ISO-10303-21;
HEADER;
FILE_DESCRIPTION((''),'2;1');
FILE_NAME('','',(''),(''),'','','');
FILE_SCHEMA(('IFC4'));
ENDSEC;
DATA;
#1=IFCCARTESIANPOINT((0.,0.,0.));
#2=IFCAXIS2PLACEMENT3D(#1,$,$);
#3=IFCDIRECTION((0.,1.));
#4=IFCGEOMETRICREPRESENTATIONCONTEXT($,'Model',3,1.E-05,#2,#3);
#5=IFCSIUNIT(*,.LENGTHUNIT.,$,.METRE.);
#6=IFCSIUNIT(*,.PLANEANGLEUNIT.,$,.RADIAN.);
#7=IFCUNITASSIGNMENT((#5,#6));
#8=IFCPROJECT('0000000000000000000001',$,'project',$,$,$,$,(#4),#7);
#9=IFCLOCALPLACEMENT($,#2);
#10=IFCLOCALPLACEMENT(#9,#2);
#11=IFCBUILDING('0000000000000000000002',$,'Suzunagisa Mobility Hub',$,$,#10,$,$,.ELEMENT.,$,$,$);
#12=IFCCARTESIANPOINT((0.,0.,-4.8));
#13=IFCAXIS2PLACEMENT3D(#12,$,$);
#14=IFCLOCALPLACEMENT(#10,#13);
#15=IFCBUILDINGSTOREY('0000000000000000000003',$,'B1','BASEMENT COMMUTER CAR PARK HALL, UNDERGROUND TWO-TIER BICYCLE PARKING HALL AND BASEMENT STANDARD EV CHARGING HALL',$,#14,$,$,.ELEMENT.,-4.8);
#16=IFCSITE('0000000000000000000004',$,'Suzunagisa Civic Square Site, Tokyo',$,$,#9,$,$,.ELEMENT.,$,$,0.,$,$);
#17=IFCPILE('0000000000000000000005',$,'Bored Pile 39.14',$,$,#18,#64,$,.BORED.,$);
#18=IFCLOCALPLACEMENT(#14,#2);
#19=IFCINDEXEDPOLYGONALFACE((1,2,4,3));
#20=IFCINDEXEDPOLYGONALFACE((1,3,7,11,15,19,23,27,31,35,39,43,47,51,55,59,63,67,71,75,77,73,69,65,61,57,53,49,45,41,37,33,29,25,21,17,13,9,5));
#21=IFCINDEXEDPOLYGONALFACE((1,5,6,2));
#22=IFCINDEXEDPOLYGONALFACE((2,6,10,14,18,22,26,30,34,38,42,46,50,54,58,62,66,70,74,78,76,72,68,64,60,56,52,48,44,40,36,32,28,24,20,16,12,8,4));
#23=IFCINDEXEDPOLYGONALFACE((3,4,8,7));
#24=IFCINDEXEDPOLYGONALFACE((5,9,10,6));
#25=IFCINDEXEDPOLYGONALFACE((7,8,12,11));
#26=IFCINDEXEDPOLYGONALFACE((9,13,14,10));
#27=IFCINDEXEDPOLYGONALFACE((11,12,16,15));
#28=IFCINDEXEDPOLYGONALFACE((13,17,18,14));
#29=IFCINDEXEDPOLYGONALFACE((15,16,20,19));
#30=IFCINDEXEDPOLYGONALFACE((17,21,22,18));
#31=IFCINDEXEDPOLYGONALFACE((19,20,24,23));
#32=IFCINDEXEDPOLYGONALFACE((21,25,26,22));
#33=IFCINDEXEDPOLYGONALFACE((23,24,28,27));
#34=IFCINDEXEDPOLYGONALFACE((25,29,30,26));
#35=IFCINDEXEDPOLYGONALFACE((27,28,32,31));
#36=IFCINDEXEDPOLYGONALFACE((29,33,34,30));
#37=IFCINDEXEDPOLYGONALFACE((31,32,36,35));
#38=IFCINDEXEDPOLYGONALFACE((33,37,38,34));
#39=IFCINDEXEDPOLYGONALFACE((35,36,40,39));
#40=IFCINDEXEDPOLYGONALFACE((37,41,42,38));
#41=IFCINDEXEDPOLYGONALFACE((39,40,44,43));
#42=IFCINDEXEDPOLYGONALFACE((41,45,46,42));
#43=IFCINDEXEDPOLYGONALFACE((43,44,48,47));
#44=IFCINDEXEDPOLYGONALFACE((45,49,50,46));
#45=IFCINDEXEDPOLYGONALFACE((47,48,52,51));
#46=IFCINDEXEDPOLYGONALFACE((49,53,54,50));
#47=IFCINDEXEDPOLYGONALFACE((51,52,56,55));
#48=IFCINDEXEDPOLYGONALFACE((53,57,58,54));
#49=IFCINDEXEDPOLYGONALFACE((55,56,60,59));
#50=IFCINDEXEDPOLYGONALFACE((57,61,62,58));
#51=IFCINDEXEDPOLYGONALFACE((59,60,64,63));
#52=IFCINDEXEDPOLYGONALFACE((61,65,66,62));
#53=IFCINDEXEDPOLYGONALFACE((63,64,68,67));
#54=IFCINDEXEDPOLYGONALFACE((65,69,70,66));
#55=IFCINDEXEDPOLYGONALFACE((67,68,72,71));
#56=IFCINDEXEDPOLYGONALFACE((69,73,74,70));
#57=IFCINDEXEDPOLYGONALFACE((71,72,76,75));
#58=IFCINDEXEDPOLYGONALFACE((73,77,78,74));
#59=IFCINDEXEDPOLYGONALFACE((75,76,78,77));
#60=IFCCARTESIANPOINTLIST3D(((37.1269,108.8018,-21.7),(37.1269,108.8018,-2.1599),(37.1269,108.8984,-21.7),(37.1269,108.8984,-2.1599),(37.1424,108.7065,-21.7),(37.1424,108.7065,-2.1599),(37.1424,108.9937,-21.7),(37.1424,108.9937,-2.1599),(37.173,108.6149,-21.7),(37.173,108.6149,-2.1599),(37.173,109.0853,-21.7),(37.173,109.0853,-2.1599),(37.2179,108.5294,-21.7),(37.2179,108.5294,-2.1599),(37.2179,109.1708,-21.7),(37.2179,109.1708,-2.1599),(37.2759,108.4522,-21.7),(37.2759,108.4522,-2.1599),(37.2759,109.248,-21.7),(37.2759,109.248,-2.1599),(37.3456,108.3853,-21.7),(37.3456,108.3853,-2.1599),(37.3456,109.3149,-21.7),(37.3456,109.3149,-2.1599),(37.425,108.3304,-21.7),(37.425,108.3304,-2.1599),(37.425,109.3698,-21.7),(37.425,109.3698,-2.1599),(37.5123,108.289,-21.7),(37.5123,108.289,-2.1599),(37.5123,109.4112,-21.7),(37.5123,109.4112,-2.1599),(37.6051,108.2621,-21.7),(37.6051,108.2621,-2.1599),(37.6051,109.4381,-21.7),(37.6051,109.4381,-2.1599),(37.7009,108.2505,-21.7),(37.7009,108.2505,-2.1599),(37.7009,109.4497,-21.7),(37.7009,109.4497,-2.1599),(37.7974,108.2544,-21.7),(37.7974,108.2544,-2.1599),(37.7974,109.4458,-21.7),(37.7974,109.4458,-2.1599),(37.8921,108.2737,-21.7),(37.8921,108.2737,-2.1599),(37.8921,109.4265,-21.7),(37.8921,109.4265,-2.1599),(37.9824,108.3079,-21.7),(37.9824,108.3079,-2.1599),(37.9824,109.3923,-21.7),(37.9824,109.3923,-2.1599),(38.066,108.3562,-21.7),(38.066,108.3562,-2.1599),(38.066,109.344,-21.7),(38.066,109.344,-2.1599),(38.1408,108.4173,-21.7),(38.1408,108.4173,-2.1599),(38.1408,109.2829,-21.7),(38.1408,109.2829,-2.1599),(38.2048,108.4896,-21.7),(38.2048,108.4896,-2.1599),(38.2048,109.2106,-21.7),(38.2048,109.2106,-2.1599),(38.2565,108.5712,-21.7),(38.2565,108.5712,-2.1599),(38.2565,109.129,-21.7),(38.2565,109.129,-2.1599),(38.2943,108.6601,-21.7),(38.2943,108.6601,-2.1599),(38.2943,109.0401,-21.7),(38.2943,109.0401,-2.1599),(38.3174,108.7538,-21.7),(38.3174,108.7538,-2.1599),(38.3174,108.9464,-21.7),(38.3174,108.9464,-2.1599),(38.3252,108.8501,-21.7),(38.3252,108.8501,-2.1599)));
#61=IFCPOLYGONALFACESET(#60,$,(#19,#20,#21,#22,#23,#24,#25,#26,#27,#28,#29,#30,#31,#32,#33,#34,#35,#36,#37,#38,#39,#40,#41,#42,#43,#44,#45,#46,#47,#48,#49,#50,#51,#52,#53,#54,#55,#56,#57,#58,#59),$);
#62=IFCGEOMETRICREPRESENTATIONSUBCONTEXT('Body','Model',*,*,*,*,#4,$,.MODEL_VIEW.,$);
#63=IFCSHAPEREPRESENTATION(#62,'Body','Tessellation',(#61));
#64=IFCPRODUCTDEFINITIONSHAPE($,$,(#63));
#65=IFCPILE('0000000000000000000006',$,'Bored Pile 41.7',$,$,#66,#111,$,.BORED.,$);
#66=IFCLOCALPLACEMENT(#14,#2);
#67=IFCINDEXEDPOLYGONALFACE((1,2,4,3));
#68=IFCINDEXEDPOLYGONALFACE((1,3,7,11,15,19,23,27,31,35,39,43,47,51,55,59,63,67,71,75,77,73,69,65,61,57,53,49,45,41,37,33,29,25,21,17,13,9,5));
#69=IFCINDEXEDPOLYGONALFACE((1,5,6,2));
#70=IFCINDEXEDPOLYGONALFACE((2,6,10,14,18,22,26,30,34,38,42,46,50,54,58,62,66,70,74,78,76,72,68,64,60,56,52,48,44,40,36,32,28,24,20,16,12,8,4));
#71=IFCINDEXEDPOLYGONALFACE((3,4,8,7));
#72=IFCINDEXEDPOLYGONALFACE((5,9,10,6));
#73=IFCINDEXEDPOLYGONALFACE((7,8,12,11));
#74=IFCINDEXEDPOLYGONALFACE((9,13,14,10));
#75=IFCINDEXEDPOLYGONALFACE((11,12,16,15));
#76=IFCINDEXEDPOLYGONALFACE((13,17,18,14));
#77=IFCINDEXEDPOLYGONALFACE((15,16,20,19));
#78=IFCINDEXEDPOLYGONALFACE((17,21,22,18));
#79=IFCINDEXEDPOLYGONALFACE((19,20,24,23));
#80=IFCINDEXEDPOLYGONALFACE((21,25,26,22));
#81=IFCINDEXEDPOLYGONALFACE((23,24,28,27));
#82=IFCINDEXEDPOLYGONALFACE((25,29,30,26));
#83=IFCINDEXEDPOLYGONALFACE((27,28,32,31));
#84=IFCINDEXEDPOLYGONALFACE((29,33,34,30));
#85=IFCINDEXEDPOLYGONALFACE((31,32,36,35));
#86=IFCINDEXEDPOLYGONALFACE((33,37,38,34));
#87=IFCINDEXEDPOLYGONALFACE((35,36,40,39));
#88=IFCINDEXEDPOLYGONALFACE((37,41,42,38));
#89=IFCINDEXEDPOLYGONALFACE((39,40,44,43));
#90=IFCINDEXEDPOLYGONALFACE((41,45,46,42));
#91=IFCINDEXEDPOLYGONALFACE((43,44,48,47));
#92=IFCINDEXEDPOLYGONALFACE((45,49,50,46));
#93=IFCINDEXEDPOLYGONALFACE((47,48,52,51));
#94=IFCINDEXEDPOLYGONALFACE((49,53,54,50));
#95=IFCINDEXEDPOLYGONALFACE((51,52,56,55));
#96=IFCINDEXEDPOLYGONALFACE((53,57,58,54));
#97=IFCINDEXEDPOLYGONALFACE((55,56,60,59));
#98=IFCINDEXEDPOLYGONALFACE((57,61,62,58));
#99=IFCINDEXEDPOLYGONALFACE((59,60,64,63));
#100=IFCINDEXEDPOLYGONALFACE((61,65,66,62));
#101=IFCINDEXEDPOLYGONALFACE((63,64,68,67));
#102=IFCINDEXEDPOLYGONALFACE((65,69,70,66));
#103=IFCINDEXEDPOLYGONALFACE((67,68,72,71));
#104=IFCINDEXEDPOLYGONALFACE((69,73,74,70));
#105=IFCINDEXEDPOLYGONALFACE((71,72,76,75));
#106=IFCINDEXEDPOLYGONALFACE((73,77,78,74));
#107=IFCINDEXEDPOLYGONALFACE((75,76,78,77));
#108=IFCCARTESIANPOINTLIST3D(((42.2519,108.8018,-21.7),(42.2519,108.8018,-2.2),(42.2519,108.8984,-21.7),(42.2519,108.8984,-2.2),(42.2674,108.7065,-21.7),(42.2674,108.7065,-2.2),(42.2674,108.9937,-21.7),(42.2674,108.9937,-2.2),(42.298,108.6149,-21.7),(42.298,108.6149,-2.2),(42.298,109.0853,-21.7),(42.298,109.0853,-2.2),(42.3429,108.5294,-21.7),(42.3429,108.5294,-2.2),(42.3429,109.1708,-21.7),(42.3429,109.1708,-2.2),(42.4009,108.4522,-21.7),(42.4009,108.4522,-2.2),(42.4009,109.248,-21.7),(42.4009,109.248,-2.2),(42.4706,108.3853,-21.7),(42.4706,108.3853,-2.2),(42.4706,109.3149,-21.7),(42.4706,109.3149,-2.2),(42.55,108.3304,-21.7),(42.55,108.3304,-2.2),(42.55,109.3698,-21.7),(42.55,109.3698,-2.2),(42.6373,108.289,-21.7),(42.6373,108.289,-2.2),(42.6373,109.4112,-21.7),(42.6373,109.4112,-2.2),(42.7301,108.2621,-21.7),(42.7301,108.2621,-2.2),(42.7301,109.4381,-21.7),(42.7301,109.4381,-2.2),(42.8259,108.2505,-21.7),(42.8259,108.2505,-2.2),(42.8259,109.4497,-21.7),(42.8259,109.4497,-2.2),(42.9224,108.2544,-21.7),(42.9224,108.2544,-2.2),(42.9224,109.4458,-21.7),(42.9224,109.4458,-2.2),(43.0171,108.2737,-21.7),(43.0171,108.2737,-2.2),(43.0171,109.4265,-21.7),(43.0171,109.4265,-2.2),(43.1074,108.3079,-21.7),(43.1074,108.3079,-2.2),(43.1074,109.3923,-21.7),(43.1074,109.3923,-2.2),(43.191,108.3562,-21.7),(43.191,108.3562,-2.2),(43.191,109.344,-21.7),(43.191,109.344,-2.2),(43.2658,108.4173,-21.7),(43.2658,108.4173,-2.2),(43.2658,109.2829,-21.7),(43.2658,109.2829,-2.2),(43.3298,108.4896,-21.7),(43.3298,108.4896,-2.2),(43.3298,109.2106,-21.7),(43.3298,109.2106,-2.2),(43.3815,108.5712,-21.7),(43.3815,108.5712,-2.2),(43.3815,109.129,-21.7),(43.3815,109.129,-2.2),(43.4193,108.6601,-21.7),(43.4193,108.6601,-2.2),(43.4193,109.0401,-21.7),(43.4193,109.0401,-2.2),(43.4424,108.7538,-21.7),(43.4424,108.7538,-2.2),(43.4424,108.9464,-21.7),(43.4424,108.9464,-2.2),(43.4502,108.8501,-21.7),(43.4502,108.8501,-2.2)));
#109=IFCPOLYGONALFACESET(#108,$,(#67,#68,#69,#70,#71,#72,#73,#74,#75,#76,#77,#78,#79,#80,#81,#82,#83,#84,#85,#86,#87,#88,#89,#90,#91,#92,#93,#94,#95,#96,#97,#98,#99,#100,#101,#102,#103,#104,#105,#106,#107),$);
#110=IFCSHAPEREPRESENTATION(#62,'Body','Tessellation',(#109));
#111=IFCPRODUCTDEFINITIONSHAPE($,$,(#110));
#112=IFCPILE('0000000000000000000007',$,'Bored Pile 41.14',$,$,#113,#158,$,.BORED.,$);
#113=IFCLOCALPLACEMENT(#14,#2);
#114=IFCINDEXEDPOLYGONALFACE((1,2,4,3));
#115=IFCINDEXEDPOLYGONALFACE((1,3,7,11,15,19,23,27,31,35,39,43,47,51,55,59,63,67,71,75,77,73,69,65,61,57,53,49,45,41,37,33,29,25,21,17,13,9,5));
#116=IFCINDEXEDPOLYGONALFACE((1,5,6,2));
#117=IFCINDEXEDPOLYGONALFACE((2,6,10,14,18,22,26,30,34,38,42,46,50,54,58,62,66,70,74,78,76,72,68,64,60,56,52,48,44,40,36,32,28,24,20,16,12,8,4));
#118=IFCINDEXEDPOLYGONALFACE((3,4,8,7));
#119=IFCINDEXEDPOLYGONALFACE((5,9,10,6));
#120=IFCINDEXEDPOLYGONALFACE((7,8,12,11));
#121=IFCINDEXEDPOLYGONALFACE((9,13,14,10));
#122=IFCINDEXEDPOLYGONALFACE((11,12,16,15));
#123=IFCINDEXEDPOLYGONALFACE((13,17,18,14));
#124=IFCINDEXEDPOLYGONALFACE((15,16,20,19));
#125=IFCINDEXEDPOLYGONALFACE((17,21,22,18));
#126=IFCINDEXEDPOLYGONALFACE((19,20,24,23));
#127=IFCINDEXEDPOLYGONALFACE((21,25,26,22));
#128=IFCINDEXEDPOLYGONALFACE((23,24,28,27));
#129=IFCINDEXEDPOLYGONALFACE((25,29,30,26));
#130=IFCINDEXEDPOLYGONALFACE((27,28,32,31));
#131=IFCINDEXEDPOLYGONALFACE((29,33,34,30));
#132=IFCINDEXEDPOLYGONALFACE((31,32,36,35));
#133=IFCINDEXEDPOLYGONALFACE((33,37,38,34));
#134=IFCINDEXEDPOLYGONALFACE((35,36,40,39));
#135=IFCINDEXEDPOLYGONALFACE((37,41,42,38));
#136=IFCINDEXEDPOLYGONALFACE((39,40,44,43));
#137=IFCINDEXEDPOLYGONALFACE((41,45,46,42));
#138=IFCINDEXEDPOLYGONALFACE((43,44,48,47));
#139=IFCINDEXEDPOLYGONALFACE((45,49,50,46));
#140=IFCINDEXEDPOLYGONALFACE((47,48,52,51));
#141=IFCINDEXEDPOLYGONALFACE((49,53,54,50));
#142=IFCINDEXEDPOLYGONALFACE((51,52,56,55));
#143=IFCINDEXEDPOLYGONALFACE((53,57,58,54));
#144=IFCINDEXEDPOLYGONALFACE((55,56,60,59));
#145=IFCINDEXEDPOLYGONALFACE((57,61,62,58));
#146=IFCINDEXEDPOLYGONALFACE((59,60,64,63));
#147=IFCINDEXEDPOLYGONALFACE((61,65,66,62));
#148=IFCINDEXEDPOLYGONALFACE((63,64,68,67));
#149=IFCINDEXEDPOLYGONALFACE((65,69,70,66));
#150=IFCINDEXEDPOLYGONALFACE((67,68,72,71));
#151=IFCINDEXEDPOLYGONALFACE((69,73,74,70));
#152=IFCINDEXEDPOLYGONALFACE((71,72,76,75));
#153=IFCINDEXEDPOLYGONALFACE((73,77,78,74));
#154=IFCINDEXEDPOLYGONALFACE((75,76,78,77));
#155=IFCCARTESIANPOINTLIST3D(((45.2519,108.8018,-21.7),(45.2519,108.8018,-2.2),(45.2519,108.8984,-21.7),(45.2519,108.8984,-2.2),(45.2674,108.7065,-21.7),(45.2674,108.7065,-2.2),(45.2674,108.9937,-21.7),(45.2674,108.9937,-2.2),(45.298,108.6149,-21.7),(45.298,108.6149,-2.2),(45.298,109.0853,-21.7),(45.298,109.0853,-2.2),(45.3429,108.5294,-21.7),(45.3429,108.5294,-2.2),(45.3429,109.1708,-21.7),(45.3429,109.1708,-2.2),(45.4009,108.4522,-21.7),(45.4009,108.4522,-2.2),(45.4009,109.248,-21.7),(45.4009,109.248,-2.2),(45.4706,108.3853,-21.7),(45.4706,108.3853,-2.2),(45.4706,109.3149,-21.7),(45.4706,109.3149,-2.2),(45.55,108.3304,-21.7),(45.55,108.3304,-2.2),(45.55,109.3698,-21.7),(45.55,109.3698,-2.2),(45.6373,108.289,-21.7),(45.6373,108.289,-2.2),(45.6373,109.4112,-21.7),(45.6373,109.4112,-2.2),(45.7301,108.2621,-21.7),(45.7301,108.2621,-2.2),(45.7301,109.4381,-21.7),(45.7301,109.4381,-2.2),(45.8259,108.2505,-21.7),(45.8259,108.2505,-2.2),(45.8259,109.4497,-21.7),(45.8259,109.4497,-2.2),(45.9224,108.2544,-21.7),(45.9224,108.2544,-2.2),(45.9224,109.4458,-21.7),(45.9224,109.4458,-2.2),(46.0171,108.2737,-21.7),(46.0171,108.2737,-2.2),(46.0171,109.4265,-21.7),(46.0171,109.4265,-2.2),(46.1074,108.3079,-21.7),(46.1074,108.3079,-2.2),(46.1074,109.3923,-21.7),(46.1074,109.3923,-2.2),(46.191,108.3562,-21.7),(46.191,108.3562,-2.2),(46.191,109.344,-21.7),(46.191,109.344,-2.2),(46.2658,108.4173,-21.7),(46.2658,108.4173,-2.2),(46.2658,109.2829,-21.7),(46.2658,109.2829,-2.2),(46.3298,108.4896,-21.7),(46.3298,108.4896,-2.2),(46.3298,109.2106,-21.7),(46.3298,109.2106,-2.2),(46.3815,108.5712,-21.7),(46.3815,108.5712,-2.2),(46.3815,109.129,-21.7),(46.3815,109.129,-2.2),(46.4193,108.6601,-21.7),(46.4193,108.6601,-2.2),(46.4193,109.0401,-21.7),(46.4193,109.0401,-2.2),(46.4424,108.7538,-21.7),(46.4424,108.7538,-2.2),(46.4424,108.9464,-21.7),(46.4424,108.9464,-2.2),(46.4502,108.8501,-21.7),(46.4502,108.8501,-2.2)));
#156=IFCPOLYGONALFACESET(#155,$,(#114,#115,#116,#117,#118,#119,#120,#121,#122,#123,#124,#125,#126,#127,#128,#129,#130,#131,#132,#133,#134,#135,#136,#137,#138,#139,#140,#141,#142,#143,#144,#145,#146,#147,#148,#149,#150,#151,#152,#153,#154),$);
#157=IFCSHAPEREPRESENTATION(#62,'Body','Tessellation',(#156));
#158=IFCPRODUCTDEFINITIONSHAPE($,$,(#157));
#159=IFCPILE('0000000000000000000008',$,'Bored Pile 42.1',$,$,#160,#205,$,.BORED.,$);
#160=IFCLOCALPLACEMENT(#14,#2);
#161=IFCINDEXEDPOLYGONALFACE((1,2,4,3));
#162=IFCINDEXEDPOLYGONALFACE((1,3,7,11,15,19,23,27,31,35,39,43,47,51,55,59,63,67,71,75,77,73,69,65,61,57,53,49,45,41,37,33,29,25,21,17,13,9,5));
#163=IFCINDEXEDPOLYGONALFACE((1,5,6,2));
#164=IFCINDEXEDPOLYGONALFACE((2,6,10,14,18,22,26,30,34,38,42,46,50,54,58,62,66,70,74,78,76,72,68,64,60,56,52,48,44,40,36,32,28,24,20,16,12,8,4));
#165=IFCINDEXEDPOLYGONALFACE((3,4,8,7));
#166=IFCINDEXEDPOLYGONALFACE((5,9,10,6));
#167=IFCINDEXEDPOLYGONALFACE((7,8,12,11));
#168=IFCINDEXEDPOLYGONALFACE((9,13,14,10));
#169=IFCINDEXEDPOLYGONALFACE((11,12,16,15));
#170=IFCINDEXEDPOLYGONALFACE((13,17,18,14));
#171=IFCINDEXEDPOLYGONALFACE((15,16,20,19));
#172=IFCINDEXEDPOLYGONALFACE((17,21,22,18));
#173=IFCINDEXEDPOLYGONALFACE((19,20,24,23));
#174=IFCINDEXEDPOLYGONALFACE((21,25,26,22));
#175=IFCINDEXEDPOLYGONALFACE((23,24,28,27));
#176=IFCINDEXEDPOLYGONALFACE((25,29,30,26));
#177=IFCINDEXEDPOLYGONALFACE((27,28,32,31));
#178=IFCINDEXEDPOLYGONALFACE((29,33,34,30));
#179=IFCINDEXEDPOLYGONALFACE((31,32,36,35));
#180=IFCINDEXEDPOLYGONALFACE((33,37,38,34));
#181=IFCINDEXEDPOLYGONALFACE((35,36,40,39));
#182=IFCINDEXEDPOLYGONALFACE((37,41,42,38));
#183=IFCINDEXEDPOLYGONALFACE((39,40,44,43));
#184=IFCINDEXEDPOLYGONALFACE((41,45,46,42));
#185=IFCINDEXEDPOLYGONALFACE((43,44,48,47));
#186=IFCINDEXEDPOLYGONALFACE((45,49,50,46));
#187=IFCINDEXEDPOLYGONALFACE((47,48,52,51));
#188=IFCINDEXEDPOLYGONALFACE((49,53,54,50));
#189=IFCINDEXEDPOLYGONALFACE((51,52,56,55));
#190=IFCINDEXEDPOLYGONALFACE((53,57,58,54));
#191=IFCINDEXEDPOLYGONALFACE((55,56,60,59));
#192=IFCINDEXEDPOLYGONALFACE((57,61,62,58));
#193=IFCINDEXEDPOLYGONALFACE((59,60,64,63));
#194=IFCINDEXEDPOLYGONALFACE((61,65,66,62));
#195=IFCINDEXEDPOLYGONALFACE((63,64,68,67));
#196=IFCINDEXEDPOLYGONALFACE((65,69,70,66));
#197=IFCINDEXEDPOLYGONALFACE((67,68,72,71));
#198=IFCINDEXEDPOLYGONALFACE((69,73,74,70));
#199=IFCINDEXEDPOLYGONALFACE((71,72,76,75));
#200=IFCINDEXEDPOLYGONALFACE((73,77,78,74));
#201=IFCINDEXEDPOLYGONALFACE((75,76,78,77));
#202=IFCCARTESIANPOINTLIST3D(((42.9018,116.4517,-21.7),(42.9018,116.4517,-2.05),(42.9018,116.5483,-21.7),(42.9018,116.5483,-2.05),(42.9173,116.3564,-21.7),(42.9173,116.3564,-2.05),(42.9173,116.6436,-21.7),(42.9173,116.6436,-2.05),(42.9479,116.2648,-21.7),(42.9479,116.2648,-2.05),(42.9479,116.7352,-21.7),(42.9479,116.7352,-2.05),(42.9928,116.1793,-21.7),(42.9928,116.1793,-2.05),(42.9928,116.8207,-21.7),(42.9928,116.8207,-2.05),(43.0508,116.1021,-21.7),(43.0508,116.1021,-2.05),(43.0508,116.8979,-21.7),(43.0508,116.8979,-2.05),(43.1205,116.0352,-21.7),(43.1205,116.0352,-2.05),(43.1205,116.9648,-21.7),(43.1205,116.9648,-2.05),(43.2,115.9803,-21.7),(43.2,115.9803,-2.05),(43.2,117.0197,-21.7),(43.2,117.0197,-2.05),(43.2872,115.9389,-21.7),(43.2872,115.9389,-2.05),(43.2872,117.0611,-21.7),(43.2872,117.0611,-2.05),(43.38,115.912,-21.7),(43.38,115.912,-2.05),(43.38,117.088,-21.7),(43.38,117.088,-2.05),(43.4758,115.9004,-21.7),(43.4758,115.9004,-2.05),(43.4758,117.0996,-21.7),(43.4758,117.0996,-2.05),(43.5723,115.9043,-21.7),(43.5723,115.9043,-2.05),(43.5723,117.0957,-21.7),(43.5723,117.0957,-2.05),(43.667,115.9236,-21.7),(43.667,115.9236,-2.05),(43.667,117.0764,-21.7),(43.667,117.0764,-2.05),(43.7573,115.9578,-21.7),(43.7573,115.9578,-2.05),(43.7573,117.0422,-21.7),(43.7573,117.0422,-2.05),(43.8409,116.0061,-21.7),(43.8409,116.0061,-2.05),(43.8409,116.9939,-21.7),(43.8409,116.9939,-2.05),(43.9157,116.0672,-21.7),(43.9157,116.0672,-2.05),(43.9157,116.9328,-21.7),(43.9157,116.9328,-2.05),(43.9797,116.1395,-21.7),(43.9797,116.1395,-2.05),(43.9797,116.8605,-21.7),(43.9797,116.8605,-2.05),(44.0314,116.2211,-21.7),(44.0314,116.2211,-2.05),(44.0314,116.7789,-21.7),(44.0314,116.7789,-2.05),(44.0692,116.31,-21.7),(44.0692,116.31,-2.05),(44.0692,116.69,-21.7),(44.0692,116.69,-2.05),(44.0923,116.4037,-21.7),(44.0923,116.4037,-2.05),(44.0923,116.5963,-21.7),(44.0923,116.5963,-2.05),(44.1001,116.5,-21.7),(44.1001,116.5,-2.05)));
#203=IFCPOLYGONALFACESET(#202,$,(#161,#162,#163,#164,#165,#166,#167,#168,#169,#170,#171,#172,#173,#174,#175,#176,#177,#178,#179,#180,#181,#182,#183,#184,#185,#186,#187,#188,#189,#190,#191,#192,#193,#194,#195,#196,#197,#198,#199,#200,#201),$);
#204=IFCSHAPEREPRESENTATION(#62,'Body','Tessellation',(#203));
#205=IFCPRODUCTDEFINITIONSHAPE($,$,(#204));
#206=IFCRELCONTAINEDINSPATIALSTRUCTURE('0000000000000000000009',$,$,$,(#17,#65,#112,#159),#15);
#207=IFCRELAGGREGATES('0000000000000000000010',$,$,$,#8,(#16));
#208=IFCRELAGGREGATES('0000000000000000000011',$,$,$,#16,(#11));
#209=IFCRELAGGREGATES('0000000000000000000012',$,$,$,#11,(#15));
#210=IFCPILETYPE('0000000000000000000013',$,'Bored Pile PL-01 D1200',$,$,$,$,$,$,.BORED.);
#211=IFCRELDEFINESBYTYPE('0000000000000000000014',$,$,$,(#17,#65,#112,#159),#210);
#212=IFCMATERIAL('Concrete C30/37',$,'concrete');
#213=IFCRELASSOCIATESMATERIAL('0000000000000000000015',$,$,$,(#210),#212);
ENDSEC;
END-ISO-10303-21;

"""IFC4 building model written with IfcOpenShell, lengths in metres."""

from ifc_helpers import new_model, si_unit, direction, frame, origin, origin_2d, place, context, subcontext, project, spatial, circle, extrude, material, material_profile, profile_set, type_object, element, save


model = new_model("IFC4")

# Units and contexts
model_context = context("Model", 3, precision=1e-05, world=origin(), true_north=direction((0.0, 1.0)))
body_context = subcontext(model_context, "Body", "Model", "MODEL_VIEW")
ifc_project = project(units=[si_unit("LENGTHUNIT", "METRE"), si_unit("PLANEANGLEUNIT", "RADIAN")], contexts=[model_context])

# Site, building, storey
site_placement = place(None, origin())
site = spatial("IfcSite", under=ifc_project, at=site_placement, Name="Suzunagisa Civic Square Site, Tokyo", CompositionType="ELEMENT", RefElevation=0.0)
building_placement = place(site_placement, origin())
building = spatial("IfcBuilding", under=site, at=building_placement, Name="Suzunagisa Mobility Hub", CompositionType="ELEMENT")
storey_placement = place(building_placement, frame((0.0, 0.0, -4.8)))
storey = spatial("IfcBuildingStorey", under=building, at=storey_placement, Name="B1", Description="BASEMENT COMMUTER CAR PARK HALL, UNDERGROUND TWO-TIER BICYCLE PARKING HALL AND BASEMENT STANDARD EV CHARGING HALL", CompositionType="ELEMENT", Elevation=-4.8)

# Piles
ifc_material_1 = material(Name="Concrete C30/37", Category="concrete")
ifc_material_profile_1 = material_profile(ifc_material_1, circle(Radius=0.6001, at=origin_2d()), Name="BORED PILE D1200")
ifc_profile_set_1 = profile_set([ifc_material_profile_1], Name="Concrete C30/37")
pile_type_1 = type_object("IfcPileType", Name="Bored Pile PL-01 D1200", PredefinedType="BORED", material=ifc_profile_set_1)
pile_1_placement = place(storey_placement, frame((37.7251, 108.8501, -2.1599), z_axis=(0.0, 0.0, -1.0), x_axis=(1.0, 0.0, 0.0)))
element("IfcPile", 1, at=pile_1_placement, inside=storey, type_object=pile_type_1, Name="Bored Pile 39.14", PredefinedType="BORED", context=body_context, shape_type="SweptSolid", body=[
    extrude(circle(Radius=0.6001, at=origin_2d()), origin(), (0.0, 0.0, 1.0), 19.54),
])
for number, where, z_axis, x_axis, name in (
    (2, (42.8501, 108.8501, -2.2), (0.0, 0.0, -1.0), (1.0, 0.0, 0.0), "Bored Pile 41.7"),
    (3, (45.8501, 108.8501, -2.2), (0.0, 0.0, -1.0), (1.0, 0.0, 0.0), "Bored Pile 41.14"),
):
    element("IfcPile", number, at=place(storey_placement, frame(where, z_axis=z_axis, x_axis=x_axis)), inside=storey, type_object=pile_type_1, Name=name, PredefinedType="BORED", context=body_context, shape_type="SweptSolid", body=[
        extrude(circle(Radius=0.6001, at=origin_2d()), origin(), (0.0, 0.0, 1.0), 19.5),
    ])
for number, where, z_axis, x_axis, name in (
    (4, (43.5, 116.5, -2.05), (0.0, 0.0, -1.0), (1.0, 0.0, 0.0), "Bored Pile 42.1"),
):
    element("IfcPile", number, at=place(storey_placement, frame(where, z_axis=z_axis, x_axis=x_axis)), inside=storey, type_object=pile_type_1, Name=name, PredefinedType="BORED", context=body_context, shape_type="SweptSolid", body=[
        extrude(circle(Radius=0.6001, at=origin_2d()), origin(), (0.0, 0.0, 1.0), 19.6499),
    ])

save(model, "model.ifc")
